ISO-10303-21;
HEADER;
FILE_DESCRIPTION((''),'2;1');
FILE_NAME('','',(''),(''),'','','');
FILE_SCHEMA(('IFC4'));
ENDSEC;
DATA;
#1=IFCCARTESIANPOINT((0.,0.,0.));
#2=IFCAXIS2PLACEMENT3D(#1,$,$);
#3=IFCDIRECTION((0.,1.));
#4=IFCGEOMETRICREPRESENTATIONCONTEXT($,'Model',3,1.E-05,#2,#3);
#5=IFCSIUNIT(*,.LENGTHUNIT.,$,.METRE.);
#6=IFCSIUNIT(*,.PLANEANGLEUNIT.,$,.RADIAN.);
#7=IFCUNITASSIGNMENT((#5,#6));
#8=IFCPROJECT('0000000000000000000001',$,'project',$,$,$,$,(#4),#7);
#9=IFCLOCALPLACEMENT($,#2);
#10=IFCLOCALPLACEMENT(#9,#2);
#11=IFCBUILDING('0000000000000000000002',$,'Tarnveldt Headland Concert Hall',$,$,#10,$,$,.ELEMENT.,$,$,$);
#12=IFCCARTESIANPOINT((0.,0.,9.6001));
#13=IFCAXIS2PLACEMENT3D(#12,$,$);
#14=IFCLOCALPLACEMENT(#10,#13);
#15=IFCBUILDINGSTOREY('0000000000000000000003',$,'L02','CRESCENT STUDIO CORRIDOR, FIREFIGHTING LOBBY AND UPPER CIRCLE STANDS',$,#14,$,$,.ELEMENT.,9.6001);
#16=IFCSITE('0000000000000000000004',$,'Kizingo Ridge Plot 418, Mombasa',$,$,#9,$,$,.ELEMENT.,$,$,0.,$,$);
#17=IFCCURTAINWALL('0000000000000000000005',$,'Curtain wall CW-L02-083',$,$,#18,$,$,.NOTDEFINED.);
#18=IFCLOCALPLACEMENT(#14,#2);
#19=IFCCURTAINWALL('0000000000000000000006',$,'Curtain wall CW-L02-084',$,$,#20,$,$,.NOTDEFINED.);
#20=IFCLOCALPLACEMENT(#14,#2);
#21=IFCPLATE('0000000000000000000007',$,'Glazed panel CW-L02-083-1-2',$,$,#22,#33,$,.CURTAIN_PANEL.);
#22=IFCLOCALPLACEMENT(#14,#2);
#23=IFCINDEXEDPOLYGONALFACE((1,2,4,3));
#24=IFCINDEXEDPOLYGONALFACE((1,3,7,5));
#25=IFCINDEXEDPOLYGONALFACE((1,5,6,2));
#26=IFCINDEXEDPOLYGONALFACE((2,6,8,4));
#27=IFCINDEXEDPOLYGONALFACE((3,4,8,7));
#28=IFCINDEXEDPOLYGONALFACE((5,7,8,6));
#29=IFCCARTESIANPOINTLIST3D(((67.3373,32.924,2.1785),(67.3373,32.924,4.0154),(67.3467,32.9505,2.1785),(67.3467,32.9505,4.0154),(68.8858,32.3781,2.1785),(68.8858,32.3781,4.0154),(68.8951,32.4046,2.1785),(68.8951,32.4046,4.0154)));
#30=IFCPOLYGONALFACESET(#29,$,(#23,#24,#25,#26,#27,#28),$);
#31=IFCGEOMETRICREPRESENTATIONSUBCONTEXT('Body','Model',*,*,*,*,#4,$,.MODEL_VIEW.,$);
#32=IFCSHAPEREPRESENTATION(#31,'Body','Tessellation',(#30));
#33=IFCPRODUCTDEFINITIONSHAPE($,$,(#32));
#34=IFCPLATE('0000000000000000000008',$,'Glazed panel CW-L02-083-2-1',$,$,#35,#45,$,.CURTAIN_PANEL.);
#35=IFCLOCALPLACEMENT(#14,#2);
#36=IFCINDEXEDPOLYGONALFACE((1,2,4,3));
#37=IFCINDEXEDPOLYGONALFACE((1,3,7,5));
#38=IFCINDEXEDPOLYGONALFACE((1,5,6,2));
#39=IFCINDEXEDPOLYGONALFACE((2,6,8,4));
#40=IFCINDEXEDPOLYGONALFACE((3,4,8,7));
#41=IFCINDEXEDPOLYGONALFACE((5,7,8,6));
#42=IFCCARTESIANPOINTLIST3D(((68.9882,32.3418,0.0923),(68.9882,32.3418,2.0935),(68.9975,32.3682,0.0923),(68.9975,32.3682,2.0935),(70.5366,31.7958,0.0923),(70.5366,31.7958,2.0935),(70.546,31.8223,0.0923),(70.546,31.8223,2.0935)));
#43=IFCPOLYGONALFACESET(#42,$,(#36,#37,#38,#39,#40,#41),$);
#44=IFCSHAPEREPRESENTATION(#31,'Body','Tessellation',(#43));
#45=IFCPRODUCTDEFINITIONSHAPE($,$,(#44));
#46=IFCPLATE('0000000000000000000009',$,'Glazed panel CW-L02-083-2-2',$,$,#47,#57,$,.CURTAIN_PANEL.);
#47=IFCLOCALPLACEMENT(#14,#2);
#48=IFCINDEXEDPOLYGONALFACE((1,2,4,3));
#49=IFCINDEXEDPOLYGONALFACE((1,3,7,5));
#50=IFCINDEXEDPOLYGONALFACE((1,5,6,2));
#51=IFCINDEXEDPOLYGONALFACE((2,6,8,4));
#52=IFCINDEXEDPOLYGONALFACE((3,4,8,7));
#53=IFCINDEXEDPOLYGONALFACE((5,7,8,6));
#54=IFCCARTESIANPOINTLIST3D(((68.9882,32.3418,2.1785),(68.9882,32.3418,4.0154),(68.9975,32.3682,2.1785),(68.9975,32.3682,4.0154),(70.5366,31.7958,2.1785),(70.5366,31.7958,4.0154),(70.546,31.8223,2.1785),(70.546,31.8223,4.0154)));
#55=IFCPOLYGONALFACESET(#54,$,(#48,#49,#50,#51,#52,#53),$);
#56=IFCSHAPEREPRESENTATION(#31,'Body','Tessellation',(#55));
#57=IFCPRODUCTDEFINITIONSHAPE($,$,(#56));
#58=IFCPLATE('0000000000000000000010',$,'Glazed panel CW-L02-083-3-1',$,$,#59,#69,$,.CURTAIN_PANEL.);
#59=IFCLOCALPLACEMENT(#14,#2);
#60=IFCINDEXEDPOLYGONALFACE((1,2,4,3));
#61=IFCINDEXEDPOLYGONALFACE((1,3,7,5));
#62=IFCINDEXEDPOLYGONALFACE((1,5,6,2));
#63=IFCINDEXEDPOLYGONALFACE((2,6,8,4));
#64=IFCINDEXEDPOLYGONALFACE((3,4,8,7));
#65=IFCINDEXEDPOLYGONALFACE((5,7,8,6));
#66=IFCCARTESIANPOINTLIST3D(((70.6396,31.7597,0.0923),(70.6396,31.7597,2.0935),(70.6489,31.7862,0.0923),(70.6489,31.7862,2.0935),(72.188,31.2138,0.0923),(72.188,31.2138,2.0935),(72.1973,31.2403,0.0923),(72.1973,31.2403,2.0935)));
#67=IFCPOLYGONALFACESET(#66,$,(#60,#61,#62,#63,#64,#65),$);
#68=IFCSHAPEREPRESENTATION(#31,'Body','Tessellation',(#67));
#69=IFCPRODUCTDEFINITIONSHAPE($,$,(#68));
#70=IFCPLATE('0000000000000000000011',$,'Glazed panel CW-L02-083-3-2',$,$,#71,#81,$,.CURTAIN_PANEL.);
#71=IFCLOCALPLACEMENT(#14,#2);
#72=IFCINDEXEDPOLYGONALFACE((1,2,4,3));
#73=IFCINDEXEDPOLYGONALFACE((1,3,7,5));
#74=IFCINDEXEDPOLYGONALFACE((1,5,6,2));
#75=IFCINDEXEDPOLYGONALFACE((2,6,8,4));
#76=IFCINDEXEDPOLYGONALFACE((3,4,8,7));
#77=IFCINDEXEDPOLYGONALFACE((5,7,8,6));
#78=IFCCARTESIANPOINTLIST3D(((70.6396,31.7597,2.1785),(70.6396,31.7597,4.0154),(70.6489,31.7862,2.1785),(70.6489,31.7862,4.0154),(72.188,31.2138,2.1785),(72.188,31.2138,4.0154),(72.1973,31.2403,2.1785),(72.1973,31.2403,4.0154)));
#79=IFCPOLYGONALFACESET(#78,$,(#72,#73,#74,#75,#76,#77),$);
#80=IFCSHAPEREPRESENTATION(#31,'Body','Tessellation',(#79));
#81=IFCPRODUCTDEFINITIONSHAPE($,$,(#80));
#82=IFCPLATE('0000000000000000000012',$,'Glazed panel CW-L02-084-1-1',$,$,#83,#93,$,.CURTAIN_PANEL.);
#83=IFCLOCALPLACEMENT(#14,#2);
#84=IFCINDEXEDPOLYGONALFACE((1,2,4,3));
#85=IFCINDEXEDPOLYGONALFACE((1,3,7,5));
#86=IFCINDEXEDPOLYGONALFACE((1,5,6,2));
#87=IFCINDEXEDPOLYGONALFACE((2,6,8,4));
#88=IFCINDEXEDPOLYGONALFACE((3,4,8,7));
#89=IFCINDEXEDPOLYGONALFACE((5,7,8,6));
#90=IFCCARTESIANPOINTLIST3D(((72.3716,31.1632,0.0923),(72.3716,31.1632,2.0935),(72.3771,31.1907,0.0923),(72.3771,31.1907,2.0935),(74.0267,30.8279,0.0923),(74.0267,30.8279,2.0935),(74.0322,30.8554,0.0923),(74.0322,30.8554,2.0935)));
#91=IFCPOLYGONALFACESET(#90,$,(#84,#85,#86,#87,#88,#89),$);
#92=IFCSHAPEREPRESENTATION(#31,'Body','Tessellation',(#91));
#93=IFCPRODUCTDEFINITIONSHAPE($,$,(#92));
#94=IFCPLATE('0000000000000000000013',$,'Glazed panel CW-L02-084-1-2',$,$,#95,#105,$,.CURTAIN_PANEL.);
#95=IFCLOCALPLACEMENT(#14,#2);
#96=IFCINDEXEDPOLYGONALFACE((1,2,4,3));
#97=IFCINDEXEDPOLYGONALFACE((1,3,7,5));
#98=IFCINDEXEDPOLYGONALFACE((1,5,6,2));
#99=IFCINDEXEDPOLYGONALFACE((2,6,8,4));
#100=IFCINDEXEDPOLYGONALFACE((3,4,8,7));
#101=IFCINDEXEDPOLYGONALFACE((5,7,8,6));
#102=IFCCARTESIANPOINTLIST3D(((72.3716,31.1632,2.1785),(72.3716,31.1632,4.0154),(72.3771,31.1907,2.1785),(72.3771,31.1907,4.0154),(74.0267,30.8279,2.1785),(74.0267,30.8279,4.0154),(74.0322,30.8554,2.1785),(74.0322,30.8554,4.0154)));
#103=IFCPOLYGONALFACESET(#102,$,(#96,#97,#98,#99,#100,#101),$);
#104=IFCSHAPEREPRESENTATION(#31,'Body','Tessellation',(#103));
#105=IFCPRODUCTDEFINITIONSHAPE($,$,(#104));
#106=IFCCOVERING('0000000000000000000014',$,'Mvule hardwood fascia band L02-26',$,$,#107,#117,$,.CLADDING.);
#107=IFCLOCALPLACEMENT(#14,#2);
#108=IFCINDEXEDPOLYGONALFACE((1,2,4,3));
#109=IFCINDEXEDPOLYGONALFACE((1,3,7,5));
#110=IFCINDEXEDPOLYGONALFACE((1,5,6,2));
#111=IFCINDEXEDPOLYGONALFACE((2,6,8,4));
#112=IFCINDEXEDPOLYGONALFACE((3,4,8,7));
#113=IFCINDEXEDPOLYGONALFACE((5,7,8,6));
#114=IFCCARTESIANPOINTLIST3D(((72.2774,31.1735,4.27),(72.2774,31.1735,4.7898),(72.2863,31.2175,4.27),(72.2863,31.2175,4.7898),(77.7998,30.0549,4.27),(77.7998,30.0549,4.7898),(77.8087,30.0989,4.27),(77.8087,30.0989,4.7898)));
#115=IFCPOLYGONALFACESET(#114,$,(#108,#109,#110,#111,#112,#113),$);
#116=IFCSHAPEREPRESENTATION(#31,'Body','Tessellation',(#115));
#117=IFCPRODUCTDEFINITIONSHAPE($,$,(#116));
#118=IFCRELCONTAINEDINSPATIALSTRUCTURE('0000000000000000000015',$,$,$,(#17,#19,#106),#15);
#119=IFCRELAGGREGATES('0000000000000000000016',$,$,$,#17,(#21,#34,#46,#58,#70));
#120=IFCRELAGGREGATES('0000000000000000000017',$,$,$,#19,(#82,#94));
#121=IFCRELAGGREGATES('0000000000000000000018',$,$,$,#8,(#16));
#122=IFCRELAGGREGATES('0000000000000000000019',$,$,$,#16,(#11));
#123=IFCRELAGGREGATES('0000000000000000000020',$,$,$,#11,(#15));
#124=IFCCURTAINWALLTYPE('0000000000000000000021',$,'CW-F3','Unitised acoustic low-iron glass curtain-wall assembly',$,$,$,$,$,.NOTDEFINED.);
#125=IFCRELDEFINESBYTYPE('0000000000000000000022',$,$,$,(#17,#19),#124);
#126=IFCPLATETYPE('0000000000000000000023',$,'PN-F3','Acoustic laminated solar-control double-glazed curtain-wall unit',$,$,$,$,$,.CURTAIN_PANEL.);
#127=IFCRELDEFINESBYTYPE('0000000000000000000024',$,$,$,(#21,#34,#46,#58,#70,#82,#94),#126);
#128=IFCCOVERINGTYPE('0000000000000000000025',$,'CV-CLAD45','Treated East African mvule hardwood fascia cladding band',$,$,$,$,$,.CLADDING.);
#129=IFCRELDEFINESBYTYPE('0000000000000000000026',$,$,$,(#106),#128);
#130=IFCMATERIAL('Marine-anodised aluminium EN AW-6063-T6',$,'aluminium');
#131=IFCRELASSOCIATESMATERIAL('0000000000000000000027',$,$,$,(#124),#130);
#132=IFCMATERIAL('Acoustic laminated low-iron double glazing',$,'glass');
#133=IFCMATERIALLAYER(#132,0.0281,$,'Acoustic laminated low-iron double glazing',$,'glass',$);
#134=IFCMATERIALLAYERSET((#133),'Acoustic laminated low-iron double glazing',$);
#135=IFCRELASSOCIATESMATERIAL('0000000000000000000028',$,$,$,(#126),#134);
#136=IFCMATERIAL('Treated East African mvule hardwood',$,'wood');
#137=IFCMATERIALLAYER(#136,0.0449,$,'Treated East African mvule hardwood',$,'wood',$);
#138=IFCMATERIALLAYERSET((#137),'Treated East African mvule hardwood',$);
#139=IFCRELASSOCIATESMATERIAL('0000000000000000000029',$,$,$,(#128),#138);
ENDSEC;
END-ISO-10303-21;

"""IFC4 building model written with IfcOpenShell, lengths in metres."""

from ifc_helpers import new_model, si_unit, direction, frame, frame_2d, origin, origin_2d, place, context, subcontext, project, spatial, rectangle, extrude, material, layer, layer_set, type_object, element, aggregate, save


model = new_model("IFC4")

# Units and contexts
model_context = context("Model", 3, precision=1e-05, world=origin(), true_north=direction((0.0, 1.0)))
body_context = subcontext(model_context, "Body", "Model", "MODEL_VIEW")
ifc_project = project(units=[si_unit("LENGTHUNIT", "METRE"), si_unit("PLANEANGLEUNIT", "RADIAN")], contexts=[model_context])

# Site, building, storey
site_placement = place(None, origin())
site = spatial("IfcSite", under=ifc_project, at=site_placement, Name="Kizingo Ridge Plot 418, Mombasa", CompositionType="ELEMENT", RefElevation=0.0)
building_placement = place(site_placement, origin())
building = spatial("IfcBuilding", under=site, at=building_placement, Name="Tarnveldt Headland Concert Hall", CompositionType="ELEMENT")
storey_placement = place(building_placement, frame((0.0, 0.0, 9.6001)))
storey = spatial("IfcBuildingStorey", under=building, at=storey_placement, Name="L02", Description="CRESCENT STUDIO CORRIDOR, FIREFIGHTING LOBBY AND UPPER CIRCLE STANDS", CompositionType="ELEMENT", Elevation=9.6001)

# Curtain walls
ifc_material_1 = material(Name="Marine-anodised aluminium EN AW-6063-T6", Category="aluminium")
curtain_wall_type = type_object("IfcCurtainWallType", Name="CW-F3", Description="Unitised acoustic low-iron glass curtain-wall assembly", PredefinedType="NOTDEFINED", material=ifc_material_1)
curtain_wall_1_placement = place(storey_placement, origin())
curtain_wall_1 = element("IfcCurtainWall", 1, at=curtain_wall_1_placement, inside=storey, type_object=curtain_wall_type, Name="Curtain wall CW-L02-083", PredefinedType="NOTDEFINED")
curtain_wall_2_placement = place(storey_placement, origin())
curtain_wall_2 = element("IfcCurtainWall", 2, at=curtain_wall_2_placement, inside=storey, type_object=curtain_wall_type, Name="Curtain wall CW-L02-084", PredefinedType="NOTDEFINED")

# Plates
ifc_material_2 = material(Name="Acoustic laminated low-iron double glazing", Category="glass")
ifc_layer_1 = layer(ifc_material_2, 0.0281, Name="Acoustic laminated low-iron double glazing", Category="glass")
ifc_layer_set_1 = layer_set([ifc_layer_1], Name="Acoustic laminated low-iron double glazing")
plate_type = type_object("IfcPlateType", Name="PN-F3", Description="Acoustic laminated solar-control double-glazed curtain-wall unit", PredefinedType="CURTAIN_PANEL", material=ifc_layer_set_1)
plate_1_placement = place(storey_placement, frame((68.1162, 32.6643, 2.1785), z_axis=(0.0, 0.0, 1.0), x_axis=(0.943095, -0.332523, 0.0)))
plate_1 = element("IfcPlate", 3, at=plate_1_placement, type_object=plate_type, Name="Glazed panel CW-L02-083-1-2", PredefinedType="CURTAIN_PANEL", context=body_context, shape_type="SweptSolid", body=[
    extrude(rectangle(XDim=1.6418, YDim=0.0281, at=origin_2d()), origin(), (0.0, 0.0, 1.0), 1.8369),
])
plate_2_placement = place(storey_placement, frame((69.7671, 32.082, 0.0923), z_axis=(0.0, 0.0, 1.0), x_axis=(0.943095, -0.332523, 0.0)))
plate_2 = element("IfcPlate", 4, at=plate_2_placement, type_object=plate_type, Name="Glazed panel CW-L02-083-2-1", PredefinedType="CURTAIN_PANEL", context=body_context, shape_type="SweptSolid", body=[
    extrude(rectangle(XDim=1.6418, YDim=0.0281, at=origin_2d()), origin(), (0.0, 0.0, 1.0), 2.0012),
])
plate_3_placement = place(storey_placement, frame((69.7671, 32.082, 2.1785), z_axis=(0.0, 0.0, 1.0), x_axis=(0.943095, -0.332523, 0.0)))
plate_3 = element("IfcPlate", 5, at=plate_3_placement, type_object=plate_type, Name="Glazed panel CW-L02-083-2-2", PredefinedType="CURTAIN_PANEL", context=body_context, shape_type="SweptSolid", body=[
    extrude(rectangle(XDim=1.6418, YDim=0.0281, at=origin_2d()), origin(), (0.0, 0.0, 1.0), 1.8369),
])
plate_4_placement = place(storey_placement, frame((71.4185, 31.5, 0.0923), z_axis=(0.0, 0.0, 1.0), x_axis=(0.943095, -0.332523, 0.0)))
plate_4 = element("IfcPlate", 6, at=plate_4_placement, type_object=plate_type, Name="Glazed panel CW-L02-083-3-1", PredefinedType="CURTAIN_PANEL", context=body_context, shape_type="SweptSolid", body=[
    extrude(rectangle(XDim=1.6418, YDim=0.0281, at=origin_2d()), origin(), (0.0, 0.0, 1.0), 2.0012),
])
plate_5_placement = place(storey_placement, frame((71.4185, 31.5, 2.1785), z_axis=(0.0, 0.0, 1.0), x_axis=(0.943095, -0.332523, 0.0)))
plate_5 = element("IfcPlate", 7, at=plate_5_placement, type_object=plate_type, Name="Glazed panel CW-L02-083-3-2", PredefinedType="CURTAIN_PANEL", context=body_context, shape_type="SweptSolid", body=[
    extrude(rectangle(XDim=1.6418, YDim=0.0281, at=origin_2d()), origin(), (0.0, 0.0, 1.0), 1.8369),
])
aggregate(curtain_wall_1, [plate_1, plate_2, plate_3, plate_4, plate_5])
plate_6_placement = place(storey_placement, frame((73.2019, 31.0093, 0.0923), z_axis=(0.0, 0.0, 1.0), x_axis=(0.980088, -0.198564, 0.0)))
plate_6 = element("IfcPlate", 8, at=plate_6_placement, type_object=plate_type, Name="Glazed panel CW-L02-084-1-1", PredefinedType="CURTAIN_PANEL", context=body_context, shape_type="SweptSolid", body=[
    extrude(rectangle(XDim=1.6887, YDim=0.0281, at=origin_2d()), origin(), (0.0, 0.0, 1.0), 2.0012),
])
plate_7_placement = place(storey_placement, frame((73.2019, 31.0093, 2.1785), z_axis=(0.0, 0.0, 1.0), x_axis=(0.980088, -0.198564, 0.0)))
plate_7 = element("IfcPlate", 9, at=plate_7_placement, type_object=plate_type, Name="Glazed panel CW-L02-084-1-2", PredefinedType="CURTAIN_PANEL", context=body_context, shape_type="SweptSolid", body=[
    extrude(rectangle(XDim=1.6887, YDim=0.0281, at=origin_2d()), origin(), (0.0, 0.0, 1.0), 1.8369),
])
aggregate(curtain_wall_2, [plate_6, plate_7])

# Covering
ifc_material_3 = material(Name="Treated East African mvule hardwood", Category="wood")
ifc_layer_2 = layer(ifc_material_3, 0.0449, Name="Treated East African mvule hardwood", Category="wood")
ifc_layer_set_2 = layer_set([ifc_layer_2], Name="Treated East African mvule hardwood")
covering_type = type_object("IfcCoveringType", Name="CV-CLAD45", Description="Treated East African mvule hardwood fascia cladding band", PredefinedType="CLADDING", material=ifc_layer_set_2)
covering_placement = place(storey_placement, frame((72.2817, 31.1956, 4.27), z_axis=(0.0, 0.0, 1.0), x_axis=(0.980094, -0.198532, 0.0)))
element("IfcCovering", 10, at=covering_placement, inside=storey, type_object=covering_type, Name="Mvule hardwood fascia band L02-26", PredefinedType="CLADDING", context=body_context, shape_type="SweptSolid", body=[
    extrude(rectangle(XDim=5.6345, YDim=0.0449, at=frame_2d((2.8174, 0.0))), origin(), (0.0, 0.0, 1.0), 0.5198),
])

save(model, "model.ifc")
